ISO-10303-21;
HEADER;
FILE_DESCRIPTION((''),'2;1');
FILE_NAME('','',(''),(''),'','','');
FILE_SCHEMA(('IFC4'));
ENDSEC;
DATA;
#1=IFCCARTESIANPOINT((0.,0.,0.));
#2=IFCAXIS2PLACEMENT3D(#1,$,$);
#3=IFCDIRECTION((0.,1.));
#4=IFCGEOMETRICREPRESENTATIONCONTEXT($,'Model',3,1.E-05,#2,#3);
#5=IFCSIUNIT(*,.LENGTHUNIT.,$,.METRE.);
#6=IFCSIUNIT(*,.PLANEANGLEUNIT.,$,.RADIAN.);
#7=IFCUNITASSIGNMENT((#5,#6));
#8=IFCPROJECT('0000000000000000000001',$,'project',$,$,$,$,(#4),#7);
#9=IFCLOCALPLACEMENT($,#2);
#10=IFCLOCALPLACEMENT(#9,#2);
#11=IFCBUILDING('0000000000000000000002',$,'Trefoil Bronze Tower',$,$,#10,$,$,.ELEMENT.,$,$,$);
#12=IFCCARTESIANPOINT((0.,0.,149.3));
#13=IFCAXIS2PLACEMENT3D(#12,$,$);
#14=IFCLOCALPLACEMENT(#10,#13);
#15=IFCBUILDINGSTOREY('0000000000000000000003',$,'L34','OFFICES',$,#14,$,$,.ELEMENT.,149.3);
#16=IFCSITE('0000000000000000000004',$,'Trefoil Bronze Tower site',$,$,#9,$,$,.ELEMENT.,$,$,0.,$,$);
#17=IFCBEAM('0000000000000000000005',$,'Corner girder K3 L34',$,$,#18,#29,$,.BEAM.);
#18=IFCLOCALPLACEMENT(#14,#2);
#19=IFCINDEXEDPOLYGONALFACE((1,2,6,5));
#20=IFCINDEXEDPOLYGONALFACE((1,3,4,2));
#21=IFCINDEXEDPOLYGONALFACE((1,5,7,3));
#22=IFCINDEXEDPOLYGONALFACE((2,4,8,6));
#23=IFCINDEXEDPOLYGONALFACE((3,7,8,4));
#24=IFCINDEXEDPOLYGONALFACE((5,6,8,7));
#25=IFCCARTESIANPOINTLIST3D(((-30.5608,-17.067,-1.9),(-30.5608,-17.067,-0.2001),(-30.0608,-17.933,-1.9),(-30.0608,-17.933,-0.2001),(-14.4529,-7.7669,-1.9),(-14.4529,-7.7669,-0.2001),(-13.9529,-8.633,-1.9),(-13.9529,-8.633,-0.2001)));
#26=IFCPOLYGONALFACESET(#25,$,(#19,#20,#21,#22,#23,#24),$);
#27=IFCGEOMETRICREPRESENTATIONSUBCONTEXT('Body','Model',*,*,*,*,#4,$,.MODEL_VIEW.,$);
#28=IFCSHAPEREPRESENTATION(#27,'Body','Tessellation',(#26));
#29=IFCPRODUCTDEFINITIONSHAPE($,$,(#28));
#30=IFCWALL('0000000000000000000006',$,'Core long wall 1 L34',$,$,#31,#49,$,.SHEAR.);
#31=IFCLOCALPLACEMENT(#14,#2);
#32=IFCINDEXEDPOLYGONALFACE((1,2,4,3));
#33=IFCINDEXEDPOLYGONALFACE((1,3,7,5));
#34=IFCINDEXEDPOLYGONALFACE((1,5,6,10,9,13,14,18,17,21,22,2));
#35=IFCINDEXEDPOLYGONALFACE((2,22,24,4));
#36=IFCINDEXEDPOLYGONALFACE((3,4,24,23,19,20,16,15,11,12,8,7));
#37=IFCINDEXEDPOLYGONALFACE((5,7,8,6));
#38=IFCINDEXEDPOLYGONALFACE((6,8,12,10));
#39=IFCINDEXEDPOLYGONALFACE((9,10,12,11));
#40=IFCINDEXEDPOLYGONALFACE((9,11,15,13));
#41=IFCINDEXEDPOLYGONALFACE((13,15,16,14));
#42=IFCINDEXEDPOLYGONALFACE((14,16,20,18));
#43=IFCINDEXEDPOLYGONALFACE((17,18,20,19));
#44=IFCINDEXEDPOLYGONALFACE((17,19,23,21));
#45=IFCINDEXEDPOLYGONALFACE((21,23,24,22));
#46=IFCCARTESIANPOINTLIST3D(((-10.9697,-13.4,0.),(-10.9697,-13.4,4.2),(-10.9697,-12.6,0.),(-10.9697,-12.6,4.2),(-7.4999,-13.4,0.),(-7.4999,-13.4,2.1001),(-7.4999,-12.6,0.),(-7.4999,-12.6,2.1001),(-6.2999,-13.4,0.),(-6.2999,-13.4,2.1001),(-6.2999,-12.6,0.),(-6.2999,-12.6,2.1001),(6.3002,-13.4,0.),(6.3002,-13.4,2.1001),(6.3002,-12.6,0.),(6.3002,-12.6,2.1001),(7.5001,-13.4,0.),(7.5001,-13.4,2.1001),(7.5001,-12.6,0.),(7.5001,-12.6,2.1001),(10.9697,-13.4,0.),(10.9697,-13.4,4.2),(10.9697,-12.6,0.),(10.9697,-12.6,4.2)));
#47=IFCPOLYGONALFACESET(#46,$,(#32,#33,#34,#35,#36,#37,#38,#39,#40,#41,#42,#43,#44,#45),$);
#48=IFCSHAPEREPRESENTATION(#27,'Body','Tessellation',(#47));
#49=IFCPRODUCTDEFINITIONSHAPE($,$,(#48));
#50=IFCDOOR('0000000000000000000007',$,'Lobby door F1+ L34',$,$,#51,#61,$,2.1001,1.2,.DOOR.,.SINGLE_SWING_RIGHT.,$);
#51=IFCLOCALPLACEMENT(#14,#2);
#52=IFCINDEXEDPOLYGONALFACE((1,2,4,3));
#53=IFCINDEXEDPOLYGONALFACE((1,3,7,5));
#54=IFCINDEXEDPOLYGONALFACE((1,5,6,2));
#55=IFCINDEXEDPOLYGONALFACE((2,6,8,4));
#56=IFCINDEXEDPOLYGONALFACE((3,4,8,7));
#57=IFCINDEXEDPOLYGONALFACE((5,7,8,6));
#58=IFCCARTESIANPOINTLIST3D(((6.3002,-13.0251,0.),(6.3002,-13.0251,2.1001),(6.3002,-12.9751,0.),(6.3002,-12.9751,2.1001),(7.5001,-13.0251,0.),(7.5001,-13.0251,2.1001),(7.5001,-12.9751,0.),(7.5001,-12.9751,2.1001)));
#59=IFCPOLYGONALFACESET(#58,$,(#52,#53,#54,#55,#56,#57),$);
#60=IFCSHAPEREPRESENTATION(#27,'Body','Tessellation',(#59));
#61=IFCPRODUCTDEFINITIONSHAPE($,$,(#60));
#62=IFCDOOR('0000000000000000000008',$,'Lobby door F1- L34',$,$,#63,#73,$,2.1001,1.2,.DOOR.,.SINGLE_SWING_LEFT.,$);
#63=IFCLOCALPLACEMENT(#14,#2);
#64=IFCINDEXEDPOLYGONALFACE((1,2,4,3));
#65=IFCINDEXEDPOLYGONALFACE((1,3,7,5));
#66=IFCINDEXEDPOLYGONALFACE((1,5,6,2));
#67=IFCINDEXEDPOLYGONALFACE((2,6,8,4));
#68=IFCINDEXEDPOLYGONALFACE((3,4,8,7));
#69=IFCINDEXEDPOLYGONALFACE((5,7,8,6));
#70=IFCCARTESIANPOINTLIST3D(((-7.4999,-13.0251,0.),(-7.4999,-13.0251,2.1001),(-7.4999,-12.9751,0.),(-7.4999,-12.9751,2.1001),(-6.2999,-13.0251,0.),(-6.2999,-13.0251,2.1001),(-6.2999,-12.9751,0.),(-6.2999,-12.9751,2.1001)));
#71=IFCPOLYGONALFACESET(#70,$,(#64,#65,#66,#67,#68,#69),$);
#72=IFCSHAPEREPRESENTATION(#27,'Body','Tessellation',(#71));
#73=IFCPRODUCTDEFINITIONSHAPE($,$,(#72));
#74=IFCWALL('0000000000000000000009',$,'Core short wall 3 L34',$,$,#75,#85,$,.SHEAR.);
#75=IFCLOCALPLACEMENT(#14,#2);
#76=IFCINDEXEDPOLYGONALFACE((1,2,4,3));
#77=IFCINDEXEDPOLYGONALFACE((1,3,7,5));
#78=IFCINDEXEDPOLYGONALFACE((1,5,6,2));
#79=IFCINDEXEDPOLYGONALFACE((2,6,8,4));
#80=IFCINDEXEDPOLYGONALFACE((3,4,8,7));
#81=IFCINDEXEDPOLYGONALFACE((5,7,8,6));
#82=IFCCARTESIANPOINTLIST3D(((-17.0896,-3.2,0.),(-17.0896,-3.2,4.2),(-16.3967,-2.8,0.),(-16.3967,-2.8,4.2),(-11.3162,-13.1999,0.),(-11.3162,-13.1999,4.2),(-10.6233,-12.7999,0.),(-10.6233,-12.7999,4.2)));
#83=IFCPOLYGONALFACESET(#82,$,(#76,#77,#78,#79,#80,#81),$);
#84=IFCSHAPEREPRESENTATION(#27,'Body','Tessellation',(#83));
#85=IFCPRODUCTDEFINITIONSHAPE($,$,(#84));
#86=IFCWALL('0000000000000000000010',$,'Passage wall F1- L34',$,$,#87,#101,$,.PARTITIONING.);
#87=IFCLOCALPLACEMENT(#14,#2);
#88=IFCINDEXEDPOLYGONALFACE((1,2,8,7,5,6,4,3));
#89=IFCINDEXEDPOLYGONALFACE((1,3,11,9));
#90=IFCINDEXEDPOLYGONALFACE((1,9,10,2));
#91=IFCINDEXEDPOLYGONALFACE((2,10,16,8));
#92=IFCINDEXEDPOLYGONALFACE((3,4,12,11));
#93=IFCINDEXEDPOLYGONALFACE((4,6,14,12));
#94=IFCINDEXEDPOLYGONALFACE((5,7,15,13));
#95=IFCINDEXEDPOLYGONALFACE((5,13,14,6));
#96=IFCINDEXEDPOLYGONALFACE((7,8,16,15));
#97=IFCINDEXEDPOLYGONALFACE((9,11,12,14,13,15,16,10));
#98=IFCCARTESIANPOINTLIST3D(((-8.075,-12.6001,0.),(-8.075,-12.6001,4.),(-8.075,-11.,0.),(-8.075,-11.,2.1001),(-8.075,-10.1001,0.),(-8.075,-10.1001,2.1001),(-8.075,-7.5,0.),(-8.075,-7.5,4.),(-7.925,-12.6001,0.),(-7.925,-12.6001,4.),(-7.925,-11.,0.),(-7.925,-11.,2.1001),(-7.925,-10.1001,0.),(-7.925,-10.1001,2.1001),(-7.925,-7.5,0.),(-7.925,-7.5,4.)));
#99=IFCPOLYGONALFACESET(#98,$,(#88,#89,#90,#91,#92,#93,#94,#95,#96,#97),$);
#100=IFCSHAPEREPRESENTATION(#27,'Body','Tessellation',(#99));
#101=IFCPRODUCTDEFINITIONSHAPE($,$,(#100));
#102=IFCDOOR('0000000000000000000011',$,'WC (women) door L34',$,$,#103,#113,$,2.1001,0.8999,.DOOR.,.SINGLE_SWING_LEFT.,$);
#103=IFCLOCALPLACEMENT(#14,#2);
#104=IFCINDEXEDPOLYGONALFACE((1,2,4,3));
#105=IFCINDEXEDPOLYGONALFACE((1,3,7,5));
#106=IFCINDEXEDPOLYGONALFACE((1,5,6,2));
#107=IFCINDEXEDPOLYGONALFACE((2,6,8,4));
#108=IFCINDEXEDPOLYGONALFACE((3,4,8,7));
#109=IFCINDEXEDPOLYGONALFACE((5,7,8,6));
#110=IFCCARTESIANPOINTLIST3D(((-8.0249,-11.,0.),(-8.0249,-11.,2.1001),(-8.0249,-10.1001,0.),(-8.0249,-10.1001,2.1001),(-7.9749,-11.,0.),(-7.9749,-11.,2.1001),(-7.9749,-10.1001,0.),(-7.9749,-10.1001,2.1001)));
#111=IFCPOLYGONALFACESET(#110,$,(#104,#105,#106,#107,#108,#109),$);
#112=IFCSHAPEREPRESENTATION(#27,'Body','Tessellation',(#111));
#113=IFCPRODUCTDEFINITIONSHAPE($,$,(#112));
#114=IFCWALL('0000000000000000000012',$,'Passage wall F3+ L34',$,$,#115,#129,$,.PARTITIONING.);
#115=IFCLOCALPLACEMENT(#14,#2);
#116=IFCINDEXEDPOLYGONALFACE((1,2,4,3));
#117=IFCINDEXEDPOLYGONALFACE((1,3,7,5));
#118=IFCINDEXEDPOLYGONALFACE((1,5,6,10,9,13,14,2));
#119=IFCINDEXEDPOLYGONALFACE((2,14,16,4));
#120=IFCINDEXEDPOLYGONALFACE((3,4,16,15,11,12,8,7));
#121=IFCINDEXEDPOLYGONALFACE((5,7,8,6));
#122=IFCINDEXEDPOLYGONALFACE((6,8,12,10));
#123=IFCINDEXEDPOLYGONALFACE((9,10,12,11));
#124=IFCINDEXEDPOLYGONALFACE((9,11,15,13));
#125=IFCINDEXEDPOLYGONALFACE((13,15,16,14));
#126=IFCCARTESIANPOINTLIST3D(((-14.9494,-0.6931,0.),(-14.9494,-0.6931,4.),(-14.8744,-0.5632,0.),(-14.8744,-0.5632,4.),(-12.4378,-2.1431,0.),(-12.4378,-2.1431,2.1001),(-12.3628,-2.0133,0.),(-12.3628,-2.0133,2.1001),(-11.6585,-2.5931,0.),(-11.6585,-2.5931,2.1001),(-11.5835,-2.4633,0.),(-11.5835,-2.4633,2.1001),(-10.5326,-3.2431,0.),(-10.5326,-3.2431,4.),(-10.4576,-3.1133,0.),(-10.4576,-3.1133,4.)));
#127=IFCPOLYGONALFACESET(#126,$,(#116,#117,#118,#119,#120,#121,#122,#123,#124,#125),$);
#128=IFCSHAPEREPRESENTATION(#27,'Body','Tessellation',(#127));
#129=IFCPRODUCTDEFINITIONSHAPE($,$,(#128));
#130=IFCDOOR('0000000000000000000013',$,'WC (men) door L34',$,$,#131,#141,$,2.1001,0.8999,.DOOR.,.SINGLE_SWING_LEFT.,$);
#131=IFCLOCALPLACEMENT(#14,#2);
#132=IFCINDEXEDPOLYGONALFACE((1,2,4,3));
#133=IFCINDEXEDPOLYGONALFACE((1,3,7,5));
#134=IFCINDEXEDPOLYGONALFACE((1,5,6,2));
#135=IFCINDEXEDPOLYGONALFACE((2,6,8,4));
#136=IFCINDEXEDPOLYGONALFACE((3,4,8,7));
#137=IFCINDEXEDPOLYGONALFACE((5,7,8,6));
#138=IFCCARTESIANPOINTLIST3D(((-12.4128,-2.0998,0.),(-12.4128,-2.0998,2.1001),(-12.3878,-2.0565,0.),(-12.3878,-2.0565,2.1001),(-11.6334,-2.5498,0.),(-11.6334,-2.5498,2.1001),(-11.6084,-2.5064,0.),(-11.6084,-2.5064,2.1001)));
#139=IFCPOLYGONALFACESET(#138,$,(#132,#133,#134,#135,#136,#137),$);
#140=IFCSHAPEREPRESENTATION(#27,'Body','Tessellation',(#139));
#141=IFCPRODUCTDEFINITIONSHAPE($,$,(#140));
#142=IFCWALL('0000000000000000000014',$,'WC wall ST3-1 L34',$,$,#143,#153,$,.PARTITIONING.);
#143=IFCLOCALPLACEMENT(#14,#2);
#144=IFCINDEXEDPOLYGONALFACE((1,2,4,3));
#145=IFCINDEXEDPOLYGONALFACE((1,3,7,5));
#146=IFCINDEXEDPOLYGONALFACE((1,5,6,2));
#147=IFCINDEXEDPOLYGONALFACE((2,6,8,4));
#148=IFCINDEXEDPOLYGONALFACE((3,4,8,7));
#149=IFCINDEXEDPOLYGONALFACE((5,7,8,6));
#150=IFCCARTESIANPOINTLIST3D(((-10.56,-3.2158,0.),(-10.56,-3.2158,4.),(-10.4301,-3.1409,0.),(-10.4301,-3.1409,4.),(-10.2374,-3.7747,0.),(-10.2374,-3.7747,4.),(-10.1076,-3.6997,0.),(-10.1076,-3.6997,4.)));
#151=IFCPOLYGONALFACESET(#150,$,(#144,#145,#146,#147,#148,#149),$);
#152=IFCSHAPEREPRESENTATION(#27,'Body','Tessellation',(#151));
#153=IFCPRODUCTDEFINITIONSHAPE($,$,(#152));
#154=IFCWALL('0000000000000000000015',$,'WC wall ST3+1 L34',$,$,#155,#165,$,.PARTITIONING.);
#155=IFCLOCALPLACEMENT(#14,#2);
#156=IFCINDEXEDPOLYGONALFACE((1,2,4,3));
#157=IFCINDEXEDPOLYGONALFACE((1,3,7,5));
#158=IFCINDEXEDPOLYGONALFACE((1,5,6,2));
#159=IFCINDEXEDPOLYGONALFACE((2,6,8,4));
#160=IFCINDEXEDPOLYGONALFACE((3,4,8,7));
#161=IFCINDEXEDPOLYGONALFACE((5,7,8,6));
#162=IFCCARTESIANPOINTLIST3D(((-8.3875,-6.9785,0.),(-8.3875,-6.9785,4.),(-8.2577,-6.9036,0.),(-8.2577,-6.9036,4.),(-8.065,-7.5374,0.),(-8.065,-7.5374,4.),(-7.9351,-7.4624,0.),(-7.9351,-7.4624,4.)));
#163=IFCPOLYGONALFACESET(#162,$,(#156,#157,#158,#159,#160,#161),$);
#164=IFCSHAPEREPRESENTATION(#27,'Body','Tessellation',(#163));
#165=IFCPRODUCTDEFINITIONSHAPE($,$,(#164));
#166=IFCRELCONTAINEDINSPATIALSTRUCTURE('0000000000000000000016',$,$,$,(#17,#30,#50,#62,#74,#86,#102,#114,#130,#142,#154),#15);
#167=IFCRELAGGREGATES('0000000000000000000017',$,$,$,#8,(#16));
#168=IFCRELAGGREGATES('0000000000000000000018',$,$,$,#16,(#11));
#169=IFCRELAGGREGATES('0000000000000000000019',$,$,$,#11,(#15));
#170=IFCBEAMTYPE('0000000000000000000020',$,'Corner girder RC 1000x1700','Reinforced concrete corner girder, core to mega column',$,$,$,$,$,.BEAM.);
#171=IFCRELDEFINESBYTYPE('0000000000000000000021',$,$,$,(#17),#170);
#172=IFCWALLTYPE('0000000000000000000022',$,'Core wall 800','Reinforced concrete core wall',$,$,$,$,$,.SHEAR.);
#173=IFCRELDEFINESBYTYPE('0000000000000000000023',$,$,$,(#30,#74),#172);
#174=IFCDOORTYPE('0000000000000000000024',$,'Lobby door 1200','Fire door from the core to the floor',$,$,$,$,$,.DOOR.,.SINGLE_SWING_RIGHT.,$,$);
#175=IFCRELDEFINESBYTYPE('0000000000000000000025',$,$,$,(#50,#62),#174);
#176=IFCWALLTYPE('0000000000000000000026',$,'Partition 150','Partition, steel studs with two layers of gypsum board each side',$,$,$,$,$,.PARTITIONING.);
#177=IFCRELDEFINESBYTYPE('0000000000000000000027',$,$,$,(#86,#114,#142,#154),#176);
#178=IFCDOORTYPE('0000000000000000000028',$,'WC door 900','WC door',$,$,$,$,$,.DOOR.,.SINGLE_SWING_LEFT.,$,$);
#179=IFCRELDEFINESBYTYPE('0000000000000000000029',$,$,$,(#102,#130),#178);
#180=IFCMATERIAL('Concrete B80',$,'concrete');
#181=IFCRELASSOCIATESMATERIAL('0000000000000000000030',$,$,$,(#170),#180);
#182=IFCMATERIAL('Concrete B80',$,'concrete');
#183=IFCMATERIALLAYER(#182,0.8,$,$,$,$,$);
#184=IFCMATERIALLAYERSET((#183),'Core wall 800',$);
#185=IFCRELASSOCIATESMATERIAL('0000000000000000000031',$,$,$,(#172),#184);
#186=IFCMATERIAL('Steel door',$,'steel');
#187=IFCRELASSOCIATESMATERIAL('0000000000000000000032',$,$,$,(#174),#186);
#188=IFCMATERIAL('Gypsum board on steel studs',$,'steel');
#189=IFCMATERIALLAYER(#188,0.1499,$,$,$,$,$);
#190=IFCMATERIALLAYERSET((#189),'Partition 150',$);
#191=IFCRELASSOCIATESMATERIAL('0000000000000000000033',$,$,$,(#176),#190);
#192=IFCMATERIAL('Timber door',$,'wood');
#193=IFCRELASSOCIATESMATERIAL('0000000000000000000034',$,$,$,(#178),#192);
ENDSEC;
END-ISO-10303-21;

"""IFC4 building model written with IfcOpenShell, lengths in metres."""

from ifc_helpers import new_model, si_unit, direction, frame, frame_2d, origin, origin_2d, place, context, subcontext, project, spatial, rectangle, extrude, material, layer, layer_set, material_profile, profile_set, type_object, element, fill, save


model = new_model("IFC4")

# Units and contexts
model_context = context("Model", 3, precision=1e-05, world=origin(), true_north=direction((0.0, 1.0)))
body_context = subcontext(model_context, "Body", "Model", "MODEL_VIEW")
ifc_project = project(units=[si_unit("LENGTHUNIT", "METRE"), si_unit("PLANEANGLEUNIT", "RADIAN")], contexts=[model_context])

# Site, building, storey
site_placement = place(None, origin())
site = spatial("IfcSite", under=ifc_project, at=site_placement, Name="Trefoil Bronze Tower site", CompositionType="ELEMENT", RefElevation=0.0)
building_placement = place(site_placement, origin())
building = spatial("IfcBuilding", under=site, at=building_placement, Name="Trefoil Bronze Tower", CompositionType="ELEMENT")
storey_placement = place(building_placement, frame((0.0, 0.0, 149.3)))
storey = spatial("IfcBuildingStorey", under=building, at=storey_placement, Name="L34", Description="OFFICES", CompositionType="ELEMENT", Elevation=149.3)

# Beam
ifc_material_1 = material(Name="Concrete B80", Category="concrete")
ifc_material_profile_1 = material_profile(ifc_material_1, rectangle(XDim=1.0, YDim=1.7, at=origin_2d()), Name="RC 1000x1700")
ifc_profile_set_1 = profile_set([ifc_material_profile_1], Name="Concrete B80")
beam_type_1 = type_object("IfcBeamType", Name="Corner girder RC 1000x1700", Description="Reinforced concrete corner girder, core to mega column", PredefinedType="BEAM", material=ifc_profile_set_1)
beam_placement = place(storey_placement, frame((-14.2029, -8.2, -1.05), z_axis=(-0.866022, -0.500006, 0.0), x_axis=(0.500006, -0.866022, 0.0)))
element("IfcBeam", 1, at=beam_placement, inside=storey, type_object=beam_type_1, Name="Corner girder K3 L34", PredefinedType="BEAM", context=body_context, shape_type="SweptSolid", body=[
    extrude(rectangle(XDim=1.0, YDim=1.7, at=origin_2d()), origin(), (0.0, 0.0, 1.0), 18.5999),
])

# Wall, openings, doors
ifc_material_2 = material(Name="Concrete B80", Category="concrete")
ifc_layer_1 = layer(ifc_material_2, 0.8)
ifc_layer_set_1 = layer_set([ifc_layer_1], Name="Core wall 800")
wall_type_1 = type_object("IfcWallType", Name="Core wall 800", Description="Reinforced concrete core wall", PredefinedType="SHEAR", material=ifc_layer_set_1)
wall_1_placement = place(storey_placement, frame((-10.9697, -13.0, 0.0), z_axis=(0.0, 0.0, 1.0), x_axis=(1.0, 0.0, 0.0)))
wall_1 = element("IfcWall", 2, at=wall_1_placement, inside=storey, type_object=wall_type_1, Name="Core long wall 1 L34", PredefinedType="SHEAR", context=body_context, shape_type="SweptSolid", body=[
    extrude(rectangle(XDim=21.9395, YDim=0.8, at=frame_2d((10.9697, 0.0))), origin(), (0.0, 0.0, 1.0), 4.2),
])
opening_1_placement = place(wall_1_placement, frame((17.2698, 0.0, 0.0)))
opening_1 = element("IfcOpeningElement", 3, at=opening_1_placement, cuts=wall_1, PredefinedType="OPENING", context=body_context, shape_type="SweptSolid", body=[
    extrude(rectangle(XDim=1.2, YDim=2.1001, at=frame_2d((0.6001, 1.05))), frame((0.0, 0.4099, 0.0), z_axis=(0.0, -1.0, 0.0), x_axis=(1.0, 0.0, 0.0)), (0.0, 0.0, 1.0), 0.8201),
])
opening_2_placement = place(wall_1_placement, frame((3.4697, 0.0, 0.0)))
opening_2 = element("IfcOpeningElement", 4, at=opening_2_placement, cuts=wall_1, PredefinedType="OPENING", context=body_context, shape_type="SweptSolid", body=[
    extrude(rectangle(XDim=1.2, YDim=2.1001, at=frame_2d((0.6001, 1.05))), frame((0.0, 0.4099, 0.0), z_axis=(0.0, -1.0, 0.0), x_axis=(1.0, 0.0, 0.0)), (0.0, 0.0, 1.0), 0.8201),
])
ifc_material_3 = material(Name="Steel door", Category="steel")
door_type_1 = type_object("IfcDoorType", Name="Lobby door 1200", Description="Fire door from the core to the floor", OperationType="SINGLE_SWING_RIGHT", PredefinedType="DOOR", material=ifc_material_3)
door_1_placement = place(opening_1_placement, origin())
door_1 = element("IfcDoor", 5, at=door_1_placement, inside=storey, type_object=door_type_1, Name="Lobby door F1+ L34", OperationType="SINGLE_SWING_RIGHT", OverallHeight=2.1001, OverallWidth=1.2, PredefinedType="DOOR", context=body_context, shape_type="SweptSolid", body=[
    extrude(rectangle(XDim=1.2, YDim=2.1001, at=frame_2d((0.6001, 1.05))), frame((0.0, 0.0249, 0.0), z_axis=(0.0, -1.0, 0.0), x_axis=(1.0, 0.0, 0.0)), (0.0, 0.0, 1.0), 0.05),
])
fill(opening_1, door_1)
door_2_placement = place(opening_2_placement, origin())
door_2 = element("IfcDoor", 6, at=door_2_placement, inside=storey, type_object=door_type_1, Name="Lobby door F1- L34", OperationType="SINGLE_SWING_LEFT", OverallHeight=2.1001, OverallWidth=1.2, PredefinedType="DOOR", context=body_context, shape_type="SweptSolid", body=[
    extrude(rectangle(XDim=1.2, YDim=2.1001, at=frame_2d((0.6001, 1.05))), frame((0.0, 0.0249, 0.0), z_axis=(0.0, -1.0, 0.0), x_axis=(1.0, 0.0, 0.0)), (0.0, 0.0, 1.0), 0.05),
])
fill(opening_2, door_2)

# Wall
wall_2_placement = place(storey_placement, frame((-16.7432, -3.0, 0.0), z_axis=(0.0, 0.0, 1.0), x_axis=(0.499996, -0.866028, 0.0)))
element("IfcWall", 7, at=wall_2_placement, inside=storey, type_object=wall_type_1, Name="Core short wall 3 L34", PredefinedType="SHEAR", context=body_context, shape_type="SweptSolid", body=[
    extrude(rectangle(XDim=11.5469, YDim=0.8, at=frame_2d((5.7734, 0.0))), origin(), (0.0, 0.0, 1.0), 4.2),
])

# Walls, openings, doors
ifc_material_4 = material(Name="Gypsum board on steel studs", Category="steel")
ifc_layer_2 = layer(ifc_material_4, 0.1499)
ifc_layer_set_2 = layer_set([ifc_layer_2], Name="Partition 150")
wall_type_2 = type_object("IfcWallType", Name="Partition 150", Description="Partition, steel studs with two layers of gypsum board each side", PredefinedType="PARTITIONING", material=ifc_layer_set_2)
wall_3_placement = place(storey_placement, frame((-8.0, -7.5, 0.0), z_axis=(0.0, 0.0, 1.0), x_axis=(0.0, -1.0, 0.0)))
wall_3 = element("IfcWall", 8, at=wall_3_placement, inside=storey, type_object=wall_type_2, Name="Passage wall F1- L34", PredefinedType="PARTITIONING", context=body_context, shape_type="SweptSolid", body=[
    extrude(rectangle(XDim=5.1001, YDim=0.1499, at=frame_2d((2.55, 0.0))), origin(), (0.0, 0.0, 1.0), 4.0),
])
opening_3_placement = place(wall_3_placement, frame((2.6001, 0.0, 0.0)))
opening_3 = element("IfcOpeningElement", 9, at=opening_3_placement, cuts=wall_3, PredefinedType="OPENING", context=body_context, shape_type="SweptSolid", body=[
    extrude(rectangle(XDim=0.8999, YDim=2.1001, at=frame_2d((0.45, 1.05))), frame((0.0, 0.085, 0.0), z_axis=(0.0, -1.0, 0.0), x_axis=(1.0, 0.0, 0.0)), (0.0, 0.0, 1.0), 0.1699),
])
ifc_material_5 = material(Name="Timber door", Category="wood")
door_type_2 = type_object("IfcDoorType", Name="WC door 900", Description="WC door", OperationType="SINGLE_SWING_LEFT", PredefinedType="DOOR", material=ifc_material_5)
door_3_placement = place(opening_3_placement, frame((0.8999, 0.0, 0.0), z_axis=(0.0, 0.0, 1.0), x_axis=(-1.0, 0.0, 0.0)))
door_3 = element("IfcDoor", 10, at=door_3_placement, inside=storey, type_object=door_type_2, Name="WC (women) door L34", OperationType="SINGLE_SWING_LEFT", OverallHeight=2.1001, OverallWidth=0.8999, PredefinedType="DOOR", context=body_context, shape_type="SweptSolid", body=[
    extrude(rectangle(XDim=0.8999, YDim=2.1001, at=frame_2d((0.45, 1.05))), frame((0.0, 0.0249, 0.0), z_axis=(0.0, -1.0, 0.0), x_axis=(1.0, 0.0, 0.0)), (0.0, 0.0, 1.0), 0.05),
])
fill(opening_3, door_3)
wall_4_placement = place(storey_placement, frame((-10.4951, -3.1782, 0.0), z_axis=(0.0, 0.0, 1.0), x_axis=(-0.866022, 0.500006, 0.0)))
wall_4 = element("IfcWall", 11, at=wall_4_placement, inside=storey, type_object=wall_type_2, Name="Passage wall F3+ L34", PredefinedType="PARTITIONING", context=body_context, shape_type="SweptSolid", body=[
    extrude(rectangle(XDim=5.1001, YDim=0.1499, at=frame_2d((2.55, 0.0))), origin(), (0.0, 0.0, 1.0), 4.0),
])
opening_4_placement = place(wall_4_placement, frame((1.3, 0.0, 0.0)))
opening_4 = element("IfcOpeningElement", 12, at=opening_4_placement, cuts=wall_4, PredefinedType="OPENING", context=body_context, shape_type="SweptSolid", body=[
    extrude(rectangle(XDim=0.8999, YDim=2.1001, at=frame_2d((0.45, 1.05))), frame((0.0, 0.085, 0.0), z_axis=(0.0, -1.0, 0.0), x_axis=(1.0, 0.0, 0.0)), (0.0, 0.0, 1.0), 0.1699),
])
door_4_placement = place(opening_4_placement, origin())
door_4 = element("IfcDoor", 13, at=door_4_placement, inside=storey, type_object=door_type_2, Name="WC (men) door L34", OperationType="SINGLE_SWING_LEFT", OverallHeight=2.1001, OverallWidth=0.8999, PredefinedType="DOOR", context=body_context, shape_type="SweptSolid", body=[
    extrude(rectangle(XDim=0.8999, YDim=2.1001, at=frame_2d((0.45, 1.05))), frame((0.0, 0.0249, 0.0), z_axis=(0.0, -1.0, 0.0), x_axis=(1.0, 0.0, 0.0)), (0.0, 0.0, 1.0), 0.05),
])
fill(opening_4, door_4)

# Walls
for number, where, z_axis, x_axis, name in (
    (14, (-10.4951, -3.1782, 0.0), (0.0, 0.0, 1.0), (0.499843, -0.866116, 0.0), "WC wall ST3-1 L34"),
    (15, (-8.0, -7.5, 0.0), (0.0, 0.0, 1.0), (-0.499843, 0.866116, 0.0), "WC wall ST3+1 L34"),
):
    element("IfcWall", number, at=place(storey_placement, frame(where, z_axis=z_axis, x_axis=x_axis)), inside=storey, type_object=wall_type_2, Name=name, PredefinedType="PARTITIONING", context=body_context, shape_type="SweptSolid", body=[
        extrude(rectangle(XDim=0.6453, YDim=0.1499, at=frame_2d((0.3228, 0.0))), origin(), (0.0, 0.0, 1.0), 4.0),
    ])

save(model, "model.ifc")
